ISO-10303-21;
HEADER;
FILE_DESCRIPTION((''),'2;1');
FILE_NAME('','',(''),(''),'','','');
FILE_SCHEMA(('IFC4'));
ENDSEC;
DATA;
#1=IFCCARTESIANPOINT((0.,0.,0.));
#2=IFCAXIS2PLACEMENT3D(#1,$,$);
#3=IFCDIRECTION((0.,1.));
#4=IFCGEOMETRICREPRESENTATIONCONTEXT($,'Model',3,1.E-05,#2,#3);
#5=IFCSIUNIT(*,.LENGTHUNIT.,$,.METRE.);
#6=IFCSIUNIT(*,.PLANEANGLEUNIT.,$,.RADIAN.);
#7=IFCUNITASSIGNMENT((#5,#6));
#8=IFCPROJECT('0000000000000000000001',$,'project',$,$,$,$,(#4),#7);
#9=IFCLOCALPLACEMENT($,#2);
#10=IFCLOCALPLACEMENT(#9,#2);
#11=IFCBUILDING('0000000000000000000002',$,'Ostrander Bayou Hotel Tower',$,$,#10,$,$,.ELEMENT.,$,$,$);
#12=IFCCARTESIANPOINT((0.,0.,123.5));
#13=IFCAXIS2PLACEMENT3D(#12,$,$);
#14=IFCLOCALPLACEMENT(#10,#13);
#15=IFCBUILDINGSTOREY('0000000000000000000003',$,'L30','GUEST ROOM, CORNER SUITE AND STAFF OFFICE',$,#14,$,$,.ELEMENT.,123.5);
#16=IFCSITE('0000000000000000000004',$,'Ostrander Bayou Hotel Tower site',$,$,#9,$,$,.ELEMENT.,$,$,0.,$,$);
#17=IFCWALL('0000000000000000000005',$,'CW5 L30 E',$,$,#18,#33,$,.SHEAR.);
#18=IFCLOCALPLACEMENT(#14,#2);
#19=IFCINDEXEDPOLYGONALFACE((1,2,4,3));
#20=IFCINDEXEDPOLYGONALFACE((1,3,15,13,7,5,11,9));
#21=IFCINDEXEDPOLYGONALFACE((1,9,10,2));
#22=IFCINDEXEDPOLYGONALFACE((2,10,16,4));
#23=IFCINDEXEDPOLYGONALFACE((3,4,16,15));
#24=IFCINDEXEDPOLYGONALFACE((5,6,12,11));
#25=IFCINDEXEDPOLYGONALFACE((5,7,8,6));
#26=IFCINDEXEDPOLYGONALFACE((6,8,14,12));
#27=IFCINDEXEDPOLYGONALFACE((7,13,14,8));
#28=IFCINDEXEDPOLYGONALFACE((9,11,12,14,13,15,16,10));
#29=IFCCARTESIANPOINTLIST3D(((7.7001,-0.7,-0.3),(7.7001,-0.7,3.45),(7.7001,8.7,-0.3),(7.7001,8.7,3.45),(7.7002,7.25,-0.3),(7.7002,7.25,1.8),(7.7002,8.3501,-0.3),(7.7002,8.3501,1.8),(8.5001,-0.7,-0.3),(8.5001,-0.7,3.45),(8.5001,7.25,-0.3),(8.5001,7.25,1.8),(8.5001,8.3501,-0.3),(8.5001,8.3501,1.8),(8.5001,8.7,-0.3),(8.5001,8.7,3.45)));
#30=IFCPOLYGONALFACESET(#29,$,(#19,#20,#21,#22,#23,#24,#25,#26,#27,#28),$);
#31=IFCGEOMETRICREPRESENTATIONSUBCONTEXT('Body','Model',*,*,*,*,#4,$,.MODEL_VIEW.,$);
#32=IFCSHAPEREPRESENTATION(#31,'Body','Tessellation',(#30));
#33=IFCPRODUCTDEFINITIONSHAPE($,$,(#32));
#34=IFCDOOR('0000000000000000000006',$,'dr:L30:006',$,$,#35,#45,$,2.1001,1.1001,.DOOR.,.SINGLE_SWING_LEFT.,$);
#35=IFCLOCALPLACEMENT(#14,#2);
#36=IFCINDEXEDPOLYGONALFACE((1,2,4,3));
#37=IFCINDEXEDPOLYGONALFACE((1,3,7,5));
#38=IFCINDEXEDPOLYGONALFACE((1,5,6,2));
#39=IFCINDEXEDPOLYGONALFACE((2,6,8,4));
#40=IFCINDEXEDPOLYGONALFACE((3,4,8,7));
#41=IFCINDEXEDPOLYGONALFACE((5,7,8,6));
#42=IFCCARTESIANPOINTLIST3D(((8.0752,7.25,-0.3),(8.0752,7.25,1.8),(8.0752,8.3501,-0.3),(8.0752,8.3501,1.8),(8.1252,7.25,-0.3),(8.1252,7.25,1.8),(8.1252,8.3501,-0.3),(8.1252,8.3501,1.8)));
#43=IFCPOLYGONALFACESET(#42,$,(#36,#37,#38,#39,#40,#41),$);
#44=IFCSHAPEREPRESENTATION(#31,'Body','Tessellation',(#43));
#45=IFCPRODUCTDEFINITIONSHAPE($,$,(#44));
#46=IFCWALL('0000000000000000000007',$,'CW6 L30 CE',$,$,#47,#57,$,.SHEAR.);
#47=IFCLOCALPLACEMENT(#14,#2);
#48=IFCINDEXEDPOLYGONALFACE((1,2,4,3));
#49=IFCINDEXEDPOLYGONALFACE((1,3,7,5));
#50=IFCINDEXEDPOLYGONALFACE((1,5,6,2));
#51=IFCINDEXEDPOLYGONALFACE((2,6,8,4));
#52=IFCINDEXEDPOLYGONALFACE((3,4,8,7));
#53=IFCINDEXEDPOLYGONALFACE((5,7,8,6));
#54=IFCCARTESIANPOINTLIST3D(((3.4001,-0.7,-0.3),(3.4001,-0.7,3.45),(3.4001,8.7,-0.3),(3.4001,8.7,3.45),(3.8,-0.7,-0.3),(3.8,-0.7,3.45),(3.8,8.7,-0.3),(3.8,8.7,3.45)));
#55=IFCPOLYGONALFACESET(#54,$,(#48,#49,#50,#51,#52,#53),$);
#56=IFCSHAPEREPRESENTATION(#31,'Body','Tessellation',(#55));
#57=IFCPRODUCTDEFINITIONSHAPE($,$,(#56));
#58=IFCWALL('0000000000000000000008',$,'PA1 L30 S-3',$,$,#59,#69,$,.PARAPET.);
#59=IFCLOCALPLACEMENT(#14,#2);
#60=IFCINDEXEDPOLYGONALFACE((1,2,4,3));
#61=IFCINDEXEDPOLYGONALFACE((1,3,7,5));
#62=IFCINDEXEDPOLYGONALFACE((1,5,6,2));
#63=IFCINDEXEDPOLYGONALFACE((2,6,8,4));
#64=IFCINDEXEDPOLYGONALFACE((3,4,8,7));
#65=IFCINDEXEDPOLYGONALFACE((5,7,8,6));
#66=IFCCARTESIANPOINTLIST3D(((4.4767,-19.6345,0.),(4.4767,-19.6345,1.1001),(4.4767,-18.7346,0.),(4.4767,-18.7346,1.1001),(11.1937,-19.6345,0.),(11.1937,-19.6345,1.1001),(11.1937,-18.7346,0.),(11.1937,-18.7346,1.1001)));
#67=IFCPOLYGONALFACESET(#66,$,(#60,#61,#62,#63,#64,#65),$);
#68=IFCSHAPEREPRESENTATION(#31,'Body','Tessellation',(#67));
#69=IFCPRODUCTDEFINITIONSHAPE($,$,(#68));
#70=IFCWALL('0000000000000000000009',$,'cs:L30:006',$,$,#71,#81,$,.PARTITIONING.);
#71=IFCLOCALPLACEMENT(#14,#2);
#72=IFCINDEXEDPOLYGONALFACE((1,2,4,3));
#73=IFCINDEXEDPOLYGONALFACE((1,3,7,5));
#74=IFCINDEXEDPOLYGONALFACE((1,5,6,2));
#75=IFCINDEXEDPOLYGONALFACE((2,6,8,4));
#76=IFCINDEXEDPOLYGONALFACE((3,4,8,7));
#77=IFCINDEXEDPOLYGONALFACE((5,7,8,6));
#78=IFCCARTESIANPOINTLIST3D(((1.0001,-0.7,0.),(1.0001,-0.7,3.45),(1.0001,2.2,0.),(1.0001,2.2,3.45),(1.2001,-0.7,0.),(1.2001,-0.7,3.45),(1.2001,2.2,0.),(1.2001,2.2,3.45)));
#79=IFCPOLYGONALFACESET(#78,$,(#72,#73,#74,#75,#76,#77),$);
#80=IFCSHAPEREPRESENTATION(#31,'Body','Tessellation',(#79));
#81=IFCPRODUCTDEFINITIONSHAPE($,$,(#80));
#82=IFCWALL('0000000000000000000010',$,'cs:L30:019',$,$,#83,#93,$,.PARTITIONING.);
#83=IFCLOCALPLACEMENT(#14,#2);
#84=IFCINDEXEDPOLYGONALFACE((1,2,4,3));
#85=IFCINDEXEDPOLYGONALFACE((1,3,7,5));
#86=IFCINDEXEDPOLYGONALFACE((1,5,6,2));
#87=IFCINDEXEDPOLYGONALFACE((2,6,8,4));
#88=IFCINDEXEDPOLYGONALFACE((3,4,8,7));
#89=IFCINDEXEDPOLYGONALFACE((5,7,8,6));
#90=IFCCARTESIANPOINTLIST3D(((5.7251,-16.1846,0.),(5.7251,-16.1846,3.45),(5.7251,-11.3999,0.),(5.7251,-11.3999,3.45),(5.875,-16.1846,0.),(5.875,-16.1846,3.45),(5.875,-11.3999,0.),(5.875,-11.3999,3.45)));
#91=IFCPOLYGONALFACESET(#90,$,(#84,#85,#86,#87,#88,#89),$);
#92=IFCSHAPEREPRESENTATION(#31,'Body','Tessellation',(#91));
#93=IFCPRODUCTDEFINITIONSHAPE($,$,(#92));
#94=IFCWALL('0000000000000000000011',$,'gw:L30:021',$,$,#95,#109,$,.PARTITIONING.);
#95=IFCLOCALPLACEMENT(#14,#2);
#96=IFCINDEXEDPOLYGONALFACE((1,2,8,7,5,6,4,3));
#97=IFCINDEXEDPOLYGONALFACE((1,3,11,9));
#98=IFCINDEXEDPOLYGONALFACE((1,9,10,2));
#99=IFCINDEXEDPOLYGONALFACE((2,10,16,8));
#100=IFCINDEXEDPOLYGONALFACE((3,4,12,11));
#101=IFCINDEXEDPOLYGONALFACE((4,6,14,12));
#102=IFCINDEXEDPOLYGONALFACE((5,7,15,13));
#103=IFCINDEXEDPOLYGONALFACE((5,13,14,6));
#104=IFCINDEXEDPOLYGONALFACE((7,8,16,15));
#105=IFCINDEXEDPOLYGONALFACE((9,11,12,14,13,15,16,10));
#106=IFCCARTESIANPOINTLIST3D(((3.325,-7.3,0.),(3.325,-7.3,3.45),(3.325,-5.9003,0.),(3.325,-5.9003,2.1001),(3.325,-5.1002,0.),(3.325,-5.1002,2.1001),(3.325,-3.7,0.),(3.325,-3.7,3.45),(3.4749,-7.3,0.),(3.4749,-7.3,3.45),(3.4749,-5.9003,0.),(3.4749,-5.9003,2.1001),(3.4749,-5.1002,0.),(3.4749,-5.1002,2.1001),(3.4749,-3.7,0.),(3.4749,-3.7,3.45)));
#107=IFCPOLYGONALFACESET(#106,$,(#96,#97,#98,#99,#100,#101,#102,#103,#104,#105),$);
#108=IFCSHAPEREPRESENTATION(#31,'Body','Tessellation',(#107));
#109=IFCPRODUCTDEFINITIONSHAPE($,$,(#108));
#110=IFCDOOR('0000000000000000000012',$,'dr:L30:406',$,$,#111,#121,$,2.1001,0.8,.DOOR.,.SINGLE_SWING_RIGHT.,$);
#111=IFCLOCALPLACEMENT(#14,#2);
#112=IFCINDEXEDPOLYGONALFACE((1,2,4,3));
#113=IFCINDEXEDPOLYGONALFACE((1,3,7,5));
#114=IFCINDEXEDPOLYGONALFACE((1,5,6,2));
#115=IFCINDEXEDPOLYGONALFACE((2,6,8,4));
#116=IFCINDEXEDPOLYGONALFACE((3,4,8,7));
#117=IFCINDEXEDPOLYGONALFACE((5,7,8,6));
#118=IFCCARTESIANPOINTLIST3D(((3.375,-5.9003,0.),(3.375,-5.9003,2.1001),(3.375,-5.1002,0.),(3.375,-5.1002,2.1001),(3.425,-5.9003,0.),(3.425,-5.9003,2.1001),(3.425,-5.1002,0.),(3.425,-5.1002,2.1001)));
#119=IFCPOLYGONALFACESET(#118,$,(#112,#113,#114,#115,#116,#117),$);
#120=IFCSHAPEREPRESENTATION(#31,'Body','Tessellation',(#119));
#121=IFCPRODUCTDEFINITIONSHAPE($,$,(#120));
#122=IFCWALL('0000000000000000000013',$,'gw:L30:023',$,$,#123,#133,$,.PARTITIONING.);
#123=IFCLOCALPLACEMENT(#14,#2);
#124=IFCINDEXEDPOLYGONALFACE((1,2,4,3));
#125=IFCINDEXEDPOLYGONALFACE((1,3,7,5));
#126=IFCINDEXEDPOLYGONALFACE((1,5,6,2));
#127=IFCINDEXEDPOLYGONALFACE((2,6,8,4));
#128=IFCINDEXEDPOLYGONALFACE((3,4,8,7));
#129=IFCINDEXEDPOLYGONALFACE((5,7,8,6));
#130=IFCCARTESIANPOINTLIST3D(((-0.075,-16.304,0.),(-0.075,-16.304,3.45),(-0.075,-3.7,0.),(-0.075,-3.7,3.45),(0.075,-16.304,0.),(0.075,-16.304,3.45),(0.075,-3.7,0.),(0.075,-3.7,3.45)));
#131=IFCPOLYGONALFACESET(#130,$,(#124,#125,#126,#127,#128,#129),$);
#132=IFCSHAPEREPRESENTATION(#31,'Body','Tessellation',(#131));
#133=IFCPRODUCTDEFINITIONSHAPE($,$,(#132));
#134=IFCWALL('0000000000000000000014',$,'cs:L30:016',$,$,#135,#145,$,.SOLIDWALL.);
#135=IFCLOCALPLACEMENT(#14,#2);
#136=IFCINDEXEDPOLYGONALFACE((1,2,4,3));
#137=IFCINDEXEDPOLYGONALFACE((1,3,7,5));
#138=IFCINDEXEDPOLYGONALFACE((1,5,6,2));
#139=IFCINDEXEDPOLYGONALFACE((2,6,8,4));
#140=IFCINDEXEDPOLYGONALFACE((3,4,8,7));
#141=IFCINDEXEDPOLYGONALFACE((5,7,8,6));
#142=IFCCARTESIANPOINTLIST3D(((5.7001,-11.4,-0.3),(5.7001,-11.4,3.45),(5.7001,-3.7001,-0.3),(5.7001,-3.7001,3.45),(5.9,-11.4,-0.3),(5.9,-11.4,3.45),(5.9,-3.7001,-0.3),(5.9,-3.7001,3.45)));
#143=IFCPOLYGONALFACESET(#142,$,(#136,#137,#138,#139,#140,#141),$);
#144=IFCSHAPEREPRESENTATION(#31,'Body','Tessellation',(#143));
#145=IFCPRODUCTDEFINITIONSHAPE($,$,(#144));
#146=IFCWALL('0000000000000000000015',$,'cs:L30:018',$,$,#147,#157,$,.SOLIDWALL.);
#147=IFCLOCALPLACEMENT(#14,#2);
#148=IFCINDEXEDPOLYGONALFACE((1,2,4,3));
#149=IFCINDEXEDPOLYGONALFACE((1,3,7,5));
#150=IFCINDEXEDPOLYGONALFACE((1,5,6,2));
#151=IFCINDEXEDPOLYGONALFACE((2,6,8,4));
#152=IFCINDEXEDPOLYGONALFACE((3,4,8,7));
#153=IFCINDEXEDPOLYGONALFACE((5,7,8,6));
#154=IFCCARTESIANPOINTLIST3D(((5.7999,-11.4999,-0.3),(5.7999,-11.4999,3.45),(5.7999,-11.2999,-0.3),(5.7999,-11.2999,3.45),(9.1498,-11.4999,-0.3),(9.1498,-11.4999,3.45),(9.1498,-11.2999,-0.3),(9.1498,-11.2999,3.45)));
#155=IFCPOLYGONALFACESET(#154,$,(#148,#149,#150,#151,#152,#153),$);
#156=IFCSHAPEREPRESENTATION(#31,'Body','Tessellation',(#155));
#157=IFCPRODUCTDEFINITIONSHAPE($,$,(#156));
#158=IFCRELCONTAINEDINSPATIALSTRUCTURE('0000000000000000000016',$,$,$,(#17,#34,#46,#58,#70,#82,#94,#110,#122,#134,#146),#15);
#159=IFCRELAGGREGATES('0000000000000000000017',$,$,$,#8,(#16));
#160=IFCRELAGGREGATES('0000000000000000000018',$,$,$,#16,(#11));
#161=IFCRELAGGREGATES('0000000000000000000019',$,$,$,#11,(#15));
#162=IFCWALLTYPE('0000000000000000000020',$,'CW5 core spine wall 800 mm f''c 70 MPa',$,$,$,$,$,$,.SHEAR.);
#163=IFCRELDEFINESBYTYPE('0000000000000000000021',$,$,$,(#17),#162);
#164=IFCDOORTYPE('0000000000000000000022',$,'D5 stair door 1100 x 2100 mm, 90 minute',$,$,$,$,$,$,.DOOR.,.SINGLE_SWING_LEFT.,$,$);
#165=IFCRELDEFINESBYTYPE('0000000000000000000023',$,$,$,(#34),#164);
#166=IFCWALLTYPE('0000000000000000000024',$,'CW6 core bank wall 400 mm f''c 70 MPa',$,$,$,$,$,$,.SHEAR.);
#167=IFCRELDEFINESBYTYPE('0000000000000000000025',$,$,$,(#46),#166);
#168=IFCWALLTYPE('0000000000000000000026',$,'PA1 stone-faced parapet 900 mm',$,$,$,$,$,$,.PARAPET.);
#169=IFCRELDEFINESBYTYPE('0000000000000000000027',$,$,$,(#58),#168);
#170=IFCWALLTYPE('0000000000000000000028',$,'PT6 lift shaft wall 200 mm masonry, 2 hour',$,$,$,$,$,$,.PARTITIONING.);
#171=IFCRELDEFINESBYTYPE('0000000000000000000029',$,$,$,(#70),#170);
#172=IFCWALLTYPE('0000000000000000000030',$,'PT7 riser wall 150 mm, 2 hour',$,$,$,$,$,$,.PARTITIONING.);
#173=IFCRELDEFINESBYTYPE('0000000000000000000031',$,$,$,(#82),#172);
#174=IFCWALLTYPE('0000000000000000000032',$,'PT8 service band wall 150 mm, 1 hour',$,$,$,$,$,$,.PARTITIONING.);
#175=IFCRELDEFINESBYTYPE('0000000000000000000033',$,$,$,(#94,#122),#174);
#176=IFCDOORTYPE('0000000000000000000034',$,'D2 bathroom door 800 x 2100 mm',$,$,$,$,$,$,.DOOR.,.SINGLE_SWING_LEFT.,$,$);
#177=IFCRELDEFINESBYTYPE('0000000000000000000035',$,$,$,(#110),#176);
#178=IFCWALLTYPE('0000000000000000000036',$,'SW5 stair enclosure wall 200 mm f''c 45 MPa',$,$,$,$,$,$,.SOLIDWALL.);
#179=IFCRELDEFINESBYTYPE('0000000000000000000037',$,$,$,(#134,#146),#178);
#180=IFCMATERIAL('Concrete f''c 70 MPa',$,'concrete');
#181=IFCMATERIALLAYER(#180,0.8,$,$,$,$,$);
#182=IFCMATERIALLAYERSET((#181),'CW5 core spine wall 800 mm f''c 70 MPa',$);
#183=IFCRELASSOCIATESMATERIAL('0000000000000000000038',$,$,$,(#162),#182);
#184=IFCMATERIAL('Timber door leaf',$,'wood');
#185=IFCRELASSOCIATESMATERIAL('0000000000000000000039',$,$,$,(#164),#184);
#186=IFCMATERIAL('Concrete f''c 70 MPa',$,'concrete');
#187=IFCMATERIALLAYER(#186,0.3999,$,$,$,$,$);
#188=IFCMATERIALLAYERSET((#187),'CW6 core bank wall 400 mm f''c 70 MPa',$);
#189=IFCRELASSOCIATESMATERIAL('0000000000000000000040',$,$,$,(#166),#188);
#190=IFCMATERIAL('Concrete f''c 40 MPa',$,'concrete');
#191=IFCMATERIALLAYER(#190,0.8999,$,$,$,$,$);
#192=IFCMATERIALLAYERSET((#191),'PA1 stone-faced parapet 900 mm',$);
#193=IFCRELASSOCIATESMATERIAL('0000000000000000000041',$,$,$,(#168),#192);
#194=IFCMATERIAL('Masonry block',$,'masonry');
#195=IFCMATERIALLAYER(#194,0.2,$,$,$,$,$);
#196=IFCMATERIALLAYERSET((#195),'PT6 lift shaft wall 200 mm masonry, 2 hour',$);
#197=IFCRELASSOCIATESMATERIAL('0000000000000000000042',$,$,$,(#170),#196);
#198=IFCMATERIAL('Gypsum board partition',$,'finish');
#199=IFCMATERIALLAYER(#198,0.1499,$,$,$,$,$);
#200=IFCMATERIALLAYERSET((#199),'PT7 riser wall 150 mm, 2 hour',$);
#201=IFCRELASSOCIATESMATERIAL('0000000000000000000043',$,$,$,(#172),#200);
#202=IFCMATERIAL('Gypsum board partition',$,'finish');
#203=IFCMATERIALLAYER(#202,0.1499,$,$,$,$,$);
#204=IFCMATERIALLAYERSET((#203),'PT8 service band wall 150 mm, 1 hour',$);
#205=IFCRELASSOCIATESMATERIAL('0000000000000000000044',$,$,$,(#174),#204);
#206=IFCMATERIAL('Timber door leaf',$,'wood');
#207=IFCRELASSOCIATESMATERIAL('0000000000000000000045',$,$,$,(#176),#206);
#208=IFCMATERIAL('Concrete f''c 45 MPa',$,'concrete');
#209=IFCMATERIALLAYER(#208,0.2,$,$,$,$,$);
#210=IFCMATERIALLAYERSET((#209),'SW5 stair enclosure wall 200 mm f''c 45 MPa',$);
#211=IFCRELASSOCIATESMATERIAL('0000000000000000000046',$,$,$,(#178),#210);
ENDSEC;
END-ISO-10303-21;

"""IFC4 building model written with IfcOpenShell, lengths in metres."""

from ifc_helpers import new_model, si_unit, direction, frame, frame_2d, origin, place, context, subcontext, project, spatial, rectangle, extrude, material, layer, layer_set, type_object, element, fill, save


model = new_model("IFC4")

# Units and contexts
model_context = context("Model", 3, precision=1e-05, world=origin(), true_north=direction((0.0, 1.0)))
body_context = subcontext(model_context, "Body", "Model", "MODEL_VIEW")
ifc_project = project(units=[si_unit("LENGTHUNIT", "METRE"), si_unit("PLANEANGLEUNIT", "RADIAN")], contexts=[model_context])

# Site, building, storey
site_placement = place(None, origin())
site = spatial("IfcSite", under=ifc_project, at=site_placement, Name="Ostrander Bayou Hotel Tower site", CompositionType="ELEMENT", RefElevation=0.0)
building_placement = place(site_placement, origin())
building = spatial("IfcBuilding", under=site, at=building_placement, Name="Ostrander Bayou Hotel Tower", CompositionType="ELEMENT")
storey_placement = place(building_placement, frame((0.0, 0.0, 123.5)))
storey = spatial("IfcBuildingStorey", under=building, at=storey_placement, Name="L30", Description="GUEST ROOM, CORNER SUITE AND STAFF OFFICE", CompositionType="ELEMENT", Elevation=123.5)

# Wall, opening, door
ifc_material_1 = material(Name="Concrete f'c 70 MPa", Category="concrete")
ifc_layer_1 = layer(ifc_material_1, 0.8)
ifc_layer_set_1 = layer_set([ifc_layer_1], Name="CW5 core spine wall 800 mm f'c 70 MPa")
wall_type_1 = type_object("IfcWallType", Name="CW5 core spine wall 800 mm f'c 70 MPa", PredefinedType="SHEAR", material=ifc_layer_set_1)
wall_1_placement = place(storey_placement, frame((8.1001, -0.7, -0.3), z_axis=(0.0, 0.0, 1.0), x_axis=(0.0, 1.0, 0.0)))
wall_1 = element("IfcWall", 1, at=wall_1_placement, inside=storey, type_object=wall_type_1, Name="CW5 L30 E", PredefinedType="SHEAR", context=body_context, shape_type="SweptSolid", body=[
    extrude(rectangle(XDim=9.3999, YDim=0.8, at=frame_2d((4.7, 0.0))), origin(), (0.0, 0.0, 1.0), 3.75),
])
opening_1_placement = place(wall_1_placement, frame((7.95, 0.0, 0.0)))
opening_1 = element("IfcOpeningElement", 2, at=opening_1_placement, cuts=wall_1, PredefinedType="OPENING", context=body_context, shape_type="SweptSolid", body=[
    extrude(rectangle(XDim=1.1001, YDim=2.1001, at=frame_2d((0.55, 1.05))), frame((0.0, 0.3999, 0.0), z_axis=(0.0, -1.0, 0.0), x_axis=(1.0, 0.0, 0.0)), (0.0, 0.0, 1.0), 0.8),
])
ifc_material_2 = material(Name="Timber door leaf", Category="wood")
door_type_1 = type_object("IfcDoorType", Name="D5 stair door 1100 x 2100 mm, 90 minute", OperationType="SINGLE_SWING_LEFT", PredefinedType="DOOR", material=ifc_material_2)
door_1_placement = place(opening_1_placement, origin())
door_1 = element("IfcDoor", 3, at=door_1_placement, inside=storey, type_object=door_type_1, Name="dr:L30:006", OperationType="SINGLE_SWING_LEFT", OverallHeight=2.1001, OverallWidth=1.1001, PredefinedType="DOOR", context=body_context, shape_type="SweptSolid", body=[
    extrude(rectangle(XDim=1.1001, YDim=2.1001, at=frame_2d((0.55, 1.05))), frame((0.0, 0.0249, 0.0), z_axis=(0.0, -1.0, 0.0), x_axis=(1.0, 0.0, 0.0)), (0.0, 0.0, 1.0), 0.05),
])
fill(opening_1, door_1)

# Walls
ifc_material_3 = material(Name="Concrete f'c 70 MPa", Category="concrete")
ifc_layer_2 = layer(ifc_material_3, 0.3999)
ifc_layer_set_2 = layer_set([ifc_layer_2], Name="CW6 core bank wall 400 mm f'c 70 MPa")
wall_type_2 = type_object("IfcWallType", Name="CW6 core bank wall 400 mm f'c 70 MPa", PredefinedType="SHEAR", material=ifc_layer_set_2)
wall_2_placement = place(storey_placement, frame((3.6001, -0.7, -0.3), z_axis=(0.0, 0.0, 1.0), x_axis=(0.0, 1.0, 0.0)))
element("IfcWall", 4, at=wall_2_placement, inside=storey, type_object=wall_type_2, Name="CW6 L30 CE", PredefinedType="SHEAR", context=body_context, shape_type="SweptSolid", body=[
    extrude(rectangle(XDim=9.3999, YDim=0.3999, at=frame_2d((4.7, 0.0))), origin(), (0.0, 0.0, 1.0), 3.75),
])
ifc_material_4 = material(Name="Concrete f'c 40 MPa", Category="concrete")
ifc_layer_3 = layer(ifc_material_4, 0.8999)
ifc_layer_set_3 = layer_set([ifc_layer_3], Name="PA1 stone-faced parapet 900 mm")
wall_type_3 = type_object("IfcWallType", Name="PA1 stone-faced parapet 900 mm", PredefinedType="PARAPET", material=ifc_layer_set_3)
wall_3_placement = place(storey_placement, frame((4.4768, -19.1846, 0.0), z_axis=(0.0, 0.0, 1.0), x_axis=(1.0, 0.0, 0.0)))
element("IfcWall", 5, at=wall_3_placement, inside=storey, type_object=wall_type_3, Name="PA1 L30 S-3", PredefinedType="PARAPET", context=body_context, shape_type="SweptSolid", body=[
    extrude(rectangle(XDim=6.717, YDim=0.8999, at=frame_2d((3.3584, 0.0))), origin(), (0.0, 0.0, 1.0), 1.1001),
])
ifc_material_5 = material(Name="Masonry block", Category="masonry")
ifc_layer_4 = layer(ifc_material_5, 0.2)
ifc_layer_set_4 = layer_set([ifc_layer_4], Name="PT6 lift shaft wall 200 mm masonry, 2 hour")
wall_type_4 = type_object("IfcWallType", Name="PT6 lift shaft wall 200 mm masonry, 2 hour", PredefinedType="PARTITIONING", material=ifc_layer_set_4)
wall_4_placement = place(storey_placement, frame((1.1001, -0.7, 0.0), z_axis=(0.0, 0.0, 1.0), x_axis=(0.0, 1.0, 0.0)))
element("IfcWall", 6, at=wall_4_placement, inside=storey, type_object=wall_type_4, Name="cs:L30:006", PredefinedType="PARTITIONING", context=body_context, shape_type="SweptSolid", body=[
    extrude(rectangle(XDim=2.8999, YDim=0.2, at=frame_2d((1.45, 0.0))), origin(), (0.0, 0.0, 1.0), 3.45),
])
ifc_material_6 = material(Name="Gypsum board partition", Category="finish")
ifc_layer_5 = layer(ifc_material_6, 0.1499)
ifc_layer_set_5 = layer_set([ifc_layer_5], Name="PT7 riser wall 150 mm, 2 hour")
wall_type_5 = type_object("IfcWallType", Name="PT7 riser wall 150 mm, 2 hour", PredefinedType="PARTITIONING", material=ifc_layer_set_5)
wall_5_placement = place(storey_placement, frame((5.8, -11.3999, 0.0), z_axis=(0.0, 0.0, 1.0), x_axis=(0.0, -1.0, 0.0)))
element("IfcWall", 7, at=wall_5_placement, inside=storey, type_object=wall_type_5, Name="cs:L30:019", PredefinedType="PARTITIONING", context=body_context, shape_type="SweptSolid", body=[
    extrude(rectangle(XDim=4.7847, YDim=0.1499, at=frame_2d((2.3923, 0.0))), origin(), (0.0, 0.0, 1.0), 3.45),
])

# Wall, opening, door
ifc_material_7 = material(Name="Gypsum board partition", Category="finish")
ifc_layer_6 = layer(ifc_material_7, 0.1499)
ifc_layer_set_6 = layer_set([ifc_layer_6], Name="PT8 service band wall 150 mm, 1 hour")
wall_type_6 = type_object("IfcWallType", Name="PT8 service band wall 150 mm, 1 hour", PredefinedType="PARTITIONING", material=ifc_layer_set_6)
wall_6_placement = place(storey_placement, frame((3.3999, -7.3, 0.0), z_axis=(0.0, 0.0, 1.0), x_axis=(0.0, 1.0, 0.0)))
wall_6 = element("IfcWall", 8, at=wall_6_placement, inside=storey, type_object=wall_type_6, Name="gw:L30:021", PredefinedType="PARTITIONING", context=body_context, shape_type="SweptSolid", body=[
    extrude(rectangle(XDim=3.6001, YDim=0.1499, at=frame_2d((1.8, 0.0))), origin(), (0.0, 0.0, 1.0), 3.45),
])
opening_2_placement = place(wall_6_placement, frame((1.3999, 0.0, 0.0)))
opening_2 = element("IfcOpeningElement", 9, at=opening_2_placement, cuts=wall_6, PredefinedType="OPENING", context=body_context, shape_type="SweptSolid", body=[
    extrude(rectangle(XDim=0.8, YDim=2.1001, at=frame_2d((0.3999, 1.05))), frame((0.0, 0.075, 0.0), z_axis=(0.0, -1.0, 0.0), x_axis=(1.0, 0.0, 0.0)), (0.0, 0.0, 1.0), 0.1499),
])
ifc_material_8 = material(Name="Timber door leaf", Category="wood")
door_type_2 = type_object("IfcDoorType", Name="D2 bathroom door 800 x 2100 mm", OperationType="SINGLE_SWING_LEFT", PredefinedType="DOOR", material=ifc_material_8)
door_2_placement = place(opening_2_placement, origin())
door_2 = element("IfcDoor", 10, at=door_2_placement, inside=storey, type_object=door_type_2, Name="dr:L30:406", OperationType="SINGLE_SWING_RIGHT", OverallHeight=2.1001, OverallWidth=0.8, PredefinedType="DOOR", context=body_context, shape_type="SweptSolid", body=[
    extrude(rectangle(XDim=0.8, YDim=2.1001, at=frame_2d((0.3999, 1.05))), frame((0.0, 0.0249, 0.0), z_axis=(0.0, -1.0, 0.0), x_axis=(1.0, 0.0, 0.0)), (0.0, 0.0, 1.0), 0.05),
])
fill(opening_2, door_2)

# Wall
wall_7_placement = place(storey_placement, frame((0.0, -16.304, 0.0), z_axis=(0.0, 0.0, 1.0), x_axis=(0.0, 1.0, 0.0)))
element("IfcWall", 11, at=wall_7_placement, inside=storey, type_object=wall_type_6, Name="gw:L30:023", PredefinedType="PARTITIONING", context=body_context, shape_type="SweptSolid", body=[
    extrude(rectangle(XDim=12.604, YDim=0.1499, at=frame_2d((6.302, 0.0))), origin(), (0.0, 0.0, 1.0), 3.45),
])

# Shared definitions
ifc_material_9 = material(Name="Concrete f'c 45 MPa", Category="concrete")
ifc_layer_7 = layer(ifc_material_9, 0.2)
ifc_layer_set_7 = layer_set([ifc_layer_7], Name="SW5 stair enclosure wall 200 mm f'c 45 MPa")
wall_type_7 = type_object("IfcWallType", Name="SW5 stair enclosure wall 200 mm f'c 45 MPa", PredefinedType="SOLIDWALL", material=ifc_layer_set_7)

# Walls
wall_8_placement = place(storey_placement, frame((5.8, -3.7, -0.3), z_axis=(0.0, 0.0, 1.0), x_axis=(0.0, -1.0, 0.0)))
element("IfcWall", 12, at=wall_8_placement, inside=storey, type_object=wall_type_7, Name="cs:L30:016", PredefinedType="SOLIDWALL", context=body_context, shape_type="SweptSolid", body=[
    extrude(rectangle(XDim=7.7, YDim=0.2, at=frame_2d((3.8501, 0.0))), origin(), (0.0, 0.0, 1.0), 3.75),
])
wall_9_placement = place(storey_placement, frame((5.8, -11.3999, -0.3), z_axis=(0.0, 0.0, 1.0), x_axis=(1.0, 0.0, 0.0)))
element("IfcWall", 13, at=wall_9_placement, inside=storey, type_object=wall_type_7, Name="cs:L30:018", PredefinedType="SOLIDWALL", context=body_context, shape_type="SweptSolid", body=[
    extrude(rectangle(XDim=3.3499, YDim=0.2, at=frame_2d((1.6748, 0.0))), origin(), (0.0, 0.0, 1.0), 3.75),
])

save(model, "model.ifc")
